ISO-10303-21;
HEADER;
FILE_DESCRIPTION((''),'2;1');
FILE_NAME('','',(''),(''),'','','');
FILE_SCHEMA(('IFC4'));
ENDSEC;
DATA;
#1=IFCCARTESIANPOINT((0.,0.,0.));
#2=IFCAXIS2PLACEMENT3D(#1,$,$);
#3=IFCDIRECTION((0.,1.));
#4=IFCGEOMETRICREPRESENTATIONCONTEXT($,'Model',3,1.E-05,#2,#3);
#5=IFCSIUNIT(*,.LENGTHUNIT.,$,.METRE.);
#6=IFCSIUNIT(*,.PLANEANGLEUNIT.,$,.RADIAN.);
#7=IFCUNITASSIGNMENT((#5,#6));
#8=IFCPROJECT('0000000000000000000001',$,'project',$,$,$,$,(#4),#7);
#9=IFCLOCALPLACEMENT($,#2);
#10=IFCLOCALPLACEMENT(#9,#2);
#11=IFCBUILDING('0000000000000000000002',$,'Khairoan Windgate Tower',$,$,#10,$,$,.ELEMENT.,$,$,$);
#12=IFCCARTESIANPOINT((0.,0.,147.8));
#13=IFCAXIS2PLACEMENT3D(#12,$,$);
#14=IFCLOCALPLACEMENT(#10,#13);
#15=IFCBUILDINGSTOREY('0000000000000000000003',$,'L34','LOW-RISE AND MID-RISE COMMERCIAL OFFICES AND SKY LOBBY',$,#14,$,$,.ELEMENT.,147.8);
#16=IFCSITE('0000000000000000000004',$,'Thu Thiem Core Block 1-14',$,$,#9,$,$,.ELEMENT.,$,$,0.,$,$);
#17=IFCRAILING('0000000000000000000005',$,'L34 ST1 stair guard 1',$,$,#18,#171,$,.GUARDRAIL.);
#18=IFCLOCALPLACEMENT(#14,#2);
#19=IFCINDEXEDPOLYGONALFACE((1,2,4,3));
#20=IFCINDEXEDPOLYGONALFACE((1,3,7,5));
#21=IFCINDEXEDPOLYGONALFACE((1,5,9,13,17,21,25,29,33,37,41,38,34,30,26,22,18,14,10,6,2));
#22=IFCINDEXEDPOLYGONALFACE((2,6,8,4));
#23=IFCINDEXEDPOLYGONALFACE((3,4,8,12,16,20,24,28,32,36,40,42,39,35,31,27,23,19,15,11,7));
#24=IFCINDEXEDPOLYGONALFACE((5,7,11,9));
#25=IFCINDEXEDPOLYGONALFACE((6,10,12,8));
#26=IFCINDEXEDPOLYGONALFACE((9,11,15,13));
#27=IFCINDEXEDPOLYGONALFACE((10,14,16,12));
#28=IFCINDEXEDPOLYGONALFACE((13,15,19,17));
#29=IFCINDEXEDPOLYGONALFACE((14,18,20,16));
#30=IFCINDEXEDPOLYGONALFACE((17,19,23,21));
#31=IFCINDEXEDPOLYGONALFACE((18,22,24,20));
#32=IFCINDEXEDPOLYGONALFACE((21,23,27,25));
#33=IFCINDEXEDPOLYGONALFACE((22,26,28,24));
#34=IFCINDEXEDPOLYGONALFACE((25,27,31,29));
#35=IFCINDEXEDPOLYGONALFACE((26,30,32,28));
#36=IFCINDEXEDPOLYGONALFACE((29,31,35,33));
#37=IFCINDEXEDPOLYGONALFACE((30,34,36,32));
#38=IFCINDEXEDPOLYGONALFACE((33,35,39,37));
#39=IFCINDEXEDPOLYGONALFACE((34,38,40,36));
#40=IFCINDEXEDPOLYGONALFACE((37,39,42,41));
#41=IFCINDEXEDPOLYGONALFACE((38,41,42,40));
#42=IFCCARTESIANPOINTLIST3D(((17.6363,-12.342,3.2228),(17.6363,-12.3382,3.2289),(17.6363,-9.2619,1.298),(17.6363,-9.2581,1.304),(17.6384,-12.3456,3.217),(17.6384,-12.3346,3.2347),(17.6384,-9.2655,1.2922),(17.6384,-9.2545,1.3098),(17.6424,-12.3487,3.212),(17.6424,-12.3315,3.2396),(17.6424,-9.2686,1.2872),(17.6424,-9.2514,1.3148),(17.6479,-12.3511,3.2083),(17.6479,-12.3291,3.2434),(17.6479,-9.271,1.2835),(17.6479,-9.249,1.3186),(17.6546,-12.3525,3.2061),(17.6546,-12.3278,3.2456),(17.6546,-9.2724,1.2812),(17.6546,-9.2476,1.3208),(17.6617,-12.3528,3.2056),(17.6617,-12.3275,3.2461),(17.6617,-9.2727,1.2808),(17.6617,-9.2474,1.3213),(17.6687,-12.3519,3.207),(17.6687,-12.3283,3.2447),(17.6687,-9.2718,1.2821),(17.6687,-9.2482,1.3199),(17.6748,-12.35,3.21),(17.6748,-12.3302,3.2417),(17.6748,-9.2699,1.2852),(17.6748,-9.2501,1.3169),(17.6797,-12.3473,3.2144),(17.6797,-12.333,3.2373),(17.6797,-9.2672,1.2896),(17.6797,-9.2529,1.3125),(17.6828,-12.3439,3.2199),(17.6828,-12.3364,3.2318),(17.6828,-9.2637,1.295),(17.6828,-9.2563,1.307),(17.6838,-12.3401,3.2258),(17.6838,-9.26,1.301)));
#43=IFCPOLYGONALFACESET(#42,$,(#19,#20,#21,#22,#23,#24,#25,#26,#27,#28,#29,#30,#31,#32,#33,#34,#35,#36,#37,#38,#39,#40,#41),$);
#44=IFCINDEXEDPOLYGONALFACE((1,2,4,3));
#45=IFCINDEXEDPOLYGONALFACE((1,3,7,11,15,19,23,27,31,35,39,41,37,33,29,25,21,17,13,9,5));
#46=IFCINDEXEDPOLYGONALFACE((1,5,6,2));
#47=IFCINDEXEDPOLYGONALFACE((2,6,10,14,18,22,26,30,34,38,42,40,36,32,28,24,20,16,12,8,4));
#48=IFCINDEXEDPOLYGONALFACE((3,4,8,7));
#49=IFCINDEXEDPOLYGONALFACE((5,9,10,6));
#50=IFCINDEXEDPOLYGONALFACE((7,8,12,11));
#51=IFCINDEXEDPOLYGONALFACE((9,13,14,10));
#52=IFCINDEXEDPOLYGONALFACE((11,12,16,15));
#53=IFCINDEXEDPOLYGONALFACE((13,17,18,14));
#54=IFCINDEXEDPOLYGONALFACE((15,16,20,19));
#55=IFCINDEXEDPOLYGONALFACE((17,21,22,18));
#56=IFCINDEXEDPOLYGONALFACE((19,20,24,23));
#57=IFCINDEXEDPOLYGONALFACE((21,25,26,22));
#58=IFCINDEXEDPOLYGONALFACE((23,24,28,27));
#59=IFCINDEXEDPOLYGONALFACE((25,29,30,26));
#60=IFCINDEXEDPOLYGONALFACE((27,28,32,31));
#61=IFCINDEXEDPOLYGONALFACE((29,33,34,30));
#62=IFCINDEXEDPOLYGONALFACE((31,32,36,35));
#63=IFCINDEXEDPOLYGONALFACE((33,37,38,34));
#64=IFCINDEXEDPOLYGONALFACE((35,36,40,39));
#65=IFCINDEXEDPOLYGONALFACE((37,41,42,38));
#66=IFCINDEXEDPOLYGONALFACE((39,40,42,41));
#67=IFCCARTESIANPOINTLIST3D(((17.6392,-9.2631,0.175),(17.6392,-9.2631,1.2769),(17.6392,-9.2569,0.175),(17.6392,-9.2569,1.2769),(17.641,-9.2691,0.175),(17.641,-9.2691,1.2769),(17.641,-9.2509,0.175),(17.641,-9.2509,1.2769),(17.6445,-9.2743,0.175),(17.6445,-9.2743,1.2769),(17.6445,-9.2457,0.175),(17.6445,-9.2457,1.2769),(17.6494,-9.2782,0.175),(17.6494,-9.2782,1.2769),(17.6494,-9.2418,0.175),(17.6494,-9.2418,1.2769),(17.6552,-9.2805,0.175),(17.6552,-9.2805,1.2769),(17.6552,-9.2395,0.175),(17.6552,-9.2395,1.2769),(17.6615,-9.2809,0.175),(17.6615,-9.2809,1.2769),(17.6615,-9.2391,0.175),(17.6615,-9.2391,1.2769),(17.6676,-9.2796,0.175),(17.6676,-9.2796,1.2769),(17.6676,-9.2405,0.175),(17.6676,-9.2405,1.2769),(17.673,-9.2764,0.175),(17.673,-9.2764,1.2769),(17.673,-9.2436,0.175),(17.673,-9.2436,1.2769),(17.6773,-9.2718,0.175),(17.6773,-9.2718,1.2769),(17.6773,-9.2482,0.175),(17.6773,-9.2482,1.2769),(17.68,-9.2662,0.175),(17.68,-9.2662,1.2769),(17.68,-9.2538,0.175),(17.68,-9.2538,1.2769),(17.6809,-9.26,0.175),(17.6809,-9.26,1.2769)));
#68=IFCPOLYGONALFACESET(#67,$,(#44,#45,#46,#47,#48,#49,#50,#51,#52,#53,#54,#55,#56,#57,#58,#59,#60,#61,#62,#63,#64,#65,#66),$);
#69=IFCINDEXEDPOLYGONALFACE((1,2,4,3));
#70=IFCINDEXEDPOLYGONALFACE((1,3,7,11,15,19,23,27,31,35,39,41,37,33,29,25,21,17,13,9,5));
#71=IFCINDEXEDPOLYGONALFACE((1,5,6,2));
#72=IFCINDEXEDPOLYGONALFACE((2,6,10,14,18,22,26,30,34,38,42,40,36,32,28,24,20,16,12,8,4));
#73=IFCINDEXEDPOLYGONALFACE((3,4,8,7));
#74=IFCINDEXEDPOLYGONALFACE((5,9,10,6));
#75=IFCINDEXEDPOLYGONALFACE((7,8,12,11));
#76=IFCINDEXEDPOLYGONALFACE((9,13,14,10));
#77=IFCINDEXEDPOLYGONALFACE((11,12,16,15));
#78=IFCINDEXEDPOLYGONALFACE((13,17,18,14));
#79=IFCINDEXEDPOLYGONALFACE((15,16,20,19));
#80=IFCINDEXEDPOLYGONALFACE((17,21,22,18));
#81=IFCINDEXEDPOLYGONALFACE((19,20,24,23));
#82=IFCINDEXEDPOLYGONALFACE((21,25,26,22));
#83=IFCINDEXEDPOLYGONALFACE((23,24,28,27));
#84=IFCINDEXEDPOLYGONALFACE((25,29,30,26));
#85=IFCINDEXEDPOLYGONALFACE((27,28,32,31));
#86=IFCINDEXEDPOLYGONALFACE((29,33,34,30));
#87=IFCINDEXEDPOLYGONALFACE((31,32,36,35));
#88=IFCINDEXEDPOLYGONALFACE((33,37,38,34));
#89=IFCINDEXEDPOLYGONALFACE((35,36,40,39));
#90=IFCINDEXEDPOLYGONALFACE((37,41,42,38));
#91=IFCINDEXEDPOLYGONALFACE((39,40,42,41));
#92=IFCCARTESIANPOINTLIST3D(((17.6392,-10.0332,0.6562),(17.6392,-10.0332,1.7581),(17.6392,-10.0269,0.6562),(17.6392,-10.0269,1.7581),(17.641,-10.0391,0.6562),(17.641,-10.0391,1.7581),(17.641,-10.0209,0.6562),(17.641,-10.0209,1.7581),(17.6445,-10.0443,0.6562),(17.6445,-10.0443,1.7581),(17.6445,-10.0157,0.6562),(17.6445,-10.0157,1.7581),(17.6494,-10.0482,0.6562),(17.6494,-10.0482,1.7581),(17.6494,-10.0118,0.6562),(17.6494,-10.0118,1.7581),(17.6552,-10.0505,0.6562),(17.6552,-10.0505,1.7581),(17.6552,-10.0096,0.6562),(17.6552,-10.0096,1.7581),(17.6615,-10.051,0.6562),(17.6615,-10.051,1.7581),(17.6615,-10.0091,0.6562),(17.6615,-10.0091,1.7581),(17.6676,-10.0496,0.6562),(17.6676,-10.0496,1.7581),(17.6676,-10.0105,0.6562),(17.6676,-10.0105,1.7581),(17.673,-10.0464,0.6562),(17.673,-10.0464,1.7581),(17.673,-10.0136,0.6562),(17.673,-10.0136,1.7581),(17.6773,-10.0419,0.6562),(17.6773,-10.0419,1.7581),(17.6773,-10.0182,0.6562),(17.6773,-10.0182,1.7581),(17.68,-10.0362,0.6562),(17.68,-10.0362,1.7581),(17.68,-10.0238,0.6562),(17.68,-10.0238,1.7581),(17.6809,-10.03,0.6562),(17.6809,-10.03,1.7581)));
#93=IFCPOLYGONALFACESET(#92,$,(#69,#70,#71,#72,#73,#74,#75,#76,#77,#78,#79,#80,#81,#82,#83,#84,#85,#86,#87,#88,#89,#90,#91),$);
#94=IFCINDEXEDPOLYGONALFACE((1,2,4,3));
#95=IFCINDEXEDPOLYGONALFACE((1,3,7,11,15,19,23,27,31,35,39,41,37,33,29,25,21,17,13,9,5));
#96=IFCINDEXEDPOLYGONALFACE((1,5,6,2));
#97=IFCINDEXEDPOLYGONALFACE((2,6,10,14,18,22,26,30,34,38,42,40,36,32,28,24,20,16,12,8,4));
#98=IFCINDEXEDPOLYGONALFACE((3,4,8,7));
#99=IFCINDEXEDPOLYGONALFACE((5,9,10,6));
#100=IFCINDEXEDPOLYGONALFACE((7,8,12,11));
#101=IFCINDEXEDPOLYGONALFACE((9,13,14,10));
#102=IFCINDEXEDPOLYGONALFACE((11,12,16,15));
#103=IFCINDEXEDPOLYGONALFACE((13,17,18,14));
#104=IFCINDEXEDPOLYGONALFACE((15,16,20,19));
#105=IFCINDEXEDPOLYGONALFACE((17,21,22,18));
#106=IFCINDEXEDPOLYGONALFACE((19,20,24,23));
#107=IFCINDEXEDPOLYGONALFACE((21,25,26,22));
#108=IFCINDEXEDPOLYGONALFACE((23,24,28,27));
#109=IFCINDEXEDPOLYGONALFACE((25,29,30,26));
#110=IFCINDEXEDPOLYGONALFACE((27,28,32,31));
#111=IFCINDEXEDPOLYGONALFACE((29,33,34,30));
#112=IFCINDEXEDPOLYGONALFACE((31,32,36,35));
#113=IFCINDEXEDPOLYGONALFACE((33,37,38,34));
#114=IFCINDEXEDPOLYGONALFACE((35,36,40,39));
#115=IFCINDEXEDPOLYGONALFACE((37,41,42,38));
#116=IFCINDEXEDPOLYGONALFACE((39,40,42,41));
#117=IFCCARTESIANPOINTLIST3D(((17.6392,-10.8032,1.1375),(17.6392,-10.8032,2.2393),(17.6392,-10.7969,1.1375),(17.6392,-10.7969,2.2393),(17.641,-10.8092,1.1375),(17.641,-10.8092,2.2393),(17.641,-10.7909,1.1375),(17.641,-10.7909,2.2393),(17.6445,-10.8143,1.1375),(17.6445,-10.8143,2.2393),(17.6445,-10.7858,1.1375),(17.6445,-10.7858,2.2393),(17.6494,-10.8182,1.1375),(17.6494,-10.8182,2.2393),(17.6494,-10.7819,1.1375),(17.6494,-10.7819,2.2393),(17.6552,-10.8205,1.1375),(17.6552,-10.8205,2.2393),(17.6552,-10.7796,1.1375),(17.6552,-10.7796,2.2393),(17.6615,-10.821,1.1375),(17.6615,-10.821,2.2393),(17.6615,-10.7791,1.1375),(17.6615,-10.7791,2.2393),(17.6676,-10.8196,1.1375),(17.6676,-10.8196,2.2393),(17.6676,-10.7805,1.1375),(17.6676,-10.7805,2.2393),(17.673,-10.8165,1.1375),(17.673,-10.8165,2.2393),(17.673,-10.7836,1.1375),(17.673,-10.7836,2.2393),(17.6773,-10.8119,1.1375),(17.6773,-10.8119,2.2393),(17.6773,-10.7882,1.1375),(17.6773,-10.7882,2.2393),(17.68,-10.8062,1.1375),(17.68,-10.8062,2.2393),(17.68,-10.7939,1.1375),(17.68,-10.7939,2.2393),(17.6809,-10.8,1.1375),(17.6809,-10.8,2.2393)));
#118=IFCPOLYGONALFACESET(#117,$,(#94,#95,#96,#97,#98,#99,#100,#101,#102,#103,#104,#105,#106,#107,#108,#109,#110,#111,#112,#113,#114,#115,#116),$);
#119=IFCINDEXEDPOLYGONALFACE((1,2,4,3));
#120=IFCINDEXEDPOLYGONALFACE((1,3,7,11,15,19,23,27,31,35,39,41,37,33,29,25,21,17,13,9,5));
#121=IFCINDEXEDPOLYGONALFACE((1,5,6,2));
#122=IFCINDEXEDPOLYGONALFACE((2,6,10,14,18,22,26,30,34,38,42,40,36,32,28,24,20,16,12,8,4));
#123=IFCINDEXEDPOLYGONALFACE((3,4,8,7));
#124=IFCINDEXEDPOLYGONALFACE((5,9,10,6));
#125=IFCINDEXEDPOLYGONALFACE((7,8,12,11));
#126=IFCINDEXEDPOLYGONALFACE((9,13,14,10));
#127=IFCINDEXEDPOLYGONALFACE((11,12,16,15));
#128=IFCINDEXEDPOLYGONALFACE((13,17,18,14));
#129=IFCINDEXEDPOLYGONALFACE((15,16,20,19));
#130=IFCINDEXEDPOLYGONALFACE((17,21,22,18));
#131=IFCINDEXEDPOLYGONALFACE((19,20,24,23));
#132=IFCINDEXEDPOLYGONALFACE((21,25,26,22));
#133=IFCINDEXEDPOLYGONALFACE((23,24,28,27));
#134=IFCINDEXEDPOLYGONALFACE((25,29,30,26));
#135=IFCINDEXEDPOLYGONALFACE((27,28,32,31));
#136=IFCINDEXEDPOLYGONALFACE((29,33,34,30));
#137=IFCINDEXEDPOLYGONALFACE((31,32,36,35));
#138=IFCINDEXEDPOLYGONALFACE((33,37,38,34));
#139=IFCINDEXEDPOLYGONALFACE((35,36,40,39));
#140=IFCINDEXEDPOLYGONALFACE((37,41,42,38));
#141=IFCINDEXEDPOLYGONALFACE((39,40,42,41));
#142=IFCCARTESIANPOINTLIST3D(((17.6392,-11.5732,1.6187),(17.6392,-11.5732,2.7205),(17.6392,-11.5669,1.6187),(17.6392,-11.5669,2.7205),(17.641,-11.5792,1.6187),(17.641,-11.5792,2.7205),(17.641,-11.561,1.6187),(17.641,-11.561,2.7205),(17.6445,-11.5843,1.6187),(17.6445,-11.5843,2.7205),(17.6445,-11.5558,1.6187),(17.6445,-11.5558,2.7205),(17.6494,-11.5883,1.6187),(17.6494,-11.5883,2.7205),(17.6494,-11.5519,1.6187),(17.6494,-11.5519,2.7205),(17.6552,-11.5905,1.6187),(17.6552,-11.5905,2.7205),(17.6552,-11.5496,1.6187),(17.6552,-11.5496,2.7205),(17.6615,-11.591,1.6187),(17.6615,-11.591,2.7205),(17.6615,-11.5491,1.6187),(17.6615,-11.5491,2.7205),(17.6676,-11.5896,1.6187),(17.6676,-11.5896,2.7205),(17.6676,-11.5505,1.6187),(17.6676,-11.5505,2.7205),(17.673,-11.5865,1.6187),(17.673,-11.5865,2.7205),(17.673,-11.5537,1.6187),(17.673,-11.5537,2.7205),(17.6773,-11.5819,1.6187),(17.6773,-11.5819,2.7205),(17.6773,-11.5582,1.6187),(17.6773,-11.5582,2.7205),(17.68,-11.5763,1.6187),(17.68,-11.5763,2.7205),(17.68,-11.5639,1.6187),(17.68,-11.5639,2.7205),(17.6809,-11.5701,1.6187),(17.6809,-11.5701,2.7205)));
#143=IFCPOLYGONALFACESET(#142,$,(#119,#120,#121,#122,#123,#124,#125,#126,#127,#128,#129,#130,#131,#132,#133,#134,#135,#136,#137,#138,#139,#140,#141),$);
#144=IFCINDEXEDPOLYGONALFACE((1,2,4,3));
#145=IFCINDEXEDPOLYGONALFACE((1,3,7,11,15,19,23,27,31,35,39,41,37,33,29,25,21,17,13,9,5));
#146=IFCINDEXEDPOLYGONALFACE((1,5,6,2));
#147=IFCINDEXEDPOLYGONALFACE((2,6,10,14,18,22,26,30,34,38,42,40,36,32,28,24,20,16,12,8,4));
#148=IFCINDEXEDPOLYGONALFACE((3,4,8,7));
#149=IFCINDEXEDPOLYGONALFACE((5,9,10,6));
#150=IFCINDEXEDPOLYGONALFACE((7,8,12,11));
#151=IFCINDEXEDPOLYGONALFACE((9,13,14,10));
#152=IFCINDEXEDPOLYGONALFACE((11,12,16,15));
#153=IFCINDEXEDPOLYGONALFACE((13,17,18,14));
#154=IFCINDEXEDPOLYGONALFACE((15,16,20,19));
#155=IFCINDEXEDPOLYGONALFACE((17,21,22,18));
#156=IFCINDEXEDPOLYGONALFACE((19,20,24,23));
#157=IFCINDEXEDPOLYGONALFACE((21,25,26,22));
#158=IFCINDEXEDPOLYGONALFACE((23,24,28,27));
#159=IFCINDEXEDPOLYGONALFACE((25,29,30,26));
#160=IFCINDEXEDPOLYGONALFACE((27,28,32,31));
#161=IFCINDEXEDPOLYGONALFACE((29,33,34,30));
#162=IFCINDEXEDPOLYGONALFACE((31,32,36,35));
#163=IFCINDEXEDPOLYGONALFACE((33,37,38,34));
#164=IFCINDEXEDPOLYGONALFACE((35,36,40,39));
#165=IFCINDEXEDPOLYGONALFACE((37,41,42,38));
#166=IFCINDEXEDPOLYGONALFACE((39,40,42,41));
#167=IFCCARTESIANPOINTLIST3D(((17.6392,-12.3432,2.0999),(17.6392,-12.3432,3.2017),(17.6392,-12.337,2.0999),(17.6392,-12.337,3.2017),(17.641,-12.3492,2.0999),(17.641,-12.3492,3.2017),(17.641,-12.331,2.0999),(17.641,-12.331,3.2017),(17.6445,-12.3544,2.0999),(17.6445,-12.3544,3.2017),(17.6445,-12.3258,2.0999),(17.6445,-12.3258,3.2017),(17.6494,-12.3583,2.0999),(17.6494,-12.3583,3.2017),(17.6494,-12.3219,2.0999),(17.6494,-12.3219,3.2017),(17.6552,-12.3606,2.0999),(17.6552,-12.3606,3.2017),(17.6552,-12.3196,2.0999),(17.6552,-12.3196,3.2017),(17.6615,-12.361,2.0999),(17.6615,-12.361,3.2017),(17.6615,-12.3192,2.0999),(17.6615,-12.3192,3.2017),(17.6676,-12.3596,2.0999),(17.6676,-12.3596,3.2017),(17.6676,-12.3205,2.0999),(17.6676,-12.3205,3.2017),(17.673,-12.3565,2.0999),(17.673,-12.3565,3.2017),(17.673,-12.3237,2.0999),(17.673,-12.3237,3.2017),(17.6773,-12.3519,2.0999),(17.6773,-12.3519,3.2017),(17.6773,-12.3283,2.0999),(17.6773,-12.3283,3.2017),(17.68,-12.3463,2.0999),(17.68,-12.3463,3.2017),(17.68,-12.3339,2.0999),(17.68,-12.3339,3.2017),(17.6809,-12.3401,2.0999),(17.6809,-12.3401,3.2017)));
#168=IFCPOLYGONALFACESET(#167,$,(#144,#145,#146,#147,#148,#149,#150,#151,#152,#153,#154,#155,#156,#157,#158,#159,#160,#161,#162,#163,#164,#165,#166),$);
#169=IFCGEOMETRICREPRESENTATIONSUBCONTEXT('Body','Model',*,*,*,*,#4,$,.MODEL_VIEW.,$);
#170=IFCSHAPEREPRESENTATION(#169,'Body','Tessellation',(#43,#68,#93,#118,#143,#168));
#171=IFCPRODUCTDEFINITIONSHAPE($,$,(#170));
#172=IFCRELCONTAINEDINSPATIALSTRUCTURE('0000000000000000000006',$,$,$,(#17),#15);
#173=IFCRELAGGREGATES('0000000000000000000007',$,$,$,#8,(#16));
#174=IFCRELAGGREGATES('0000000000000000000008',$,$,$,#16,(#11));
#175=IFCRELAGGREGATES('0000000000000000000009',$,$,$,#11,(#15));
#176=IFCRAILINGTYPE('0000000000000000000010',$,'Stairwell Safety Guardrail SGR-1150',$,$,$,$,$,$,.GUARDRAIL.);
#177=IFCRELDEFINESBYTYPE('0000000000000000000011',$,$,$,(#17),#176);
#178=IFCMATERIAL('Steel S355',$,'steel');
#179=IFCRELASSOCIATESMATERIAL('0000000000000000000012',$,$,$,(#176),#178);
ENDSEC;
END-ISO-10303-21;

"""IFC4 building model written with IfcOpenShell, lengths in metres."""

from ifc_helpers import new_model, si_unit, direction, frame, origin, origin_2d, place, context, subcontext, project, spatial, circle, extrude, material, type_object, element, save


model = new_model("IFC4")

# Units and contexts
model_context = context("Model", 3, precision=1e-05, world=origin(), true_north=direction((0.0, 1.0)))
body_context = subcontext(model_context, "Body", "Model", "MODEL_VIEW")
ifc_project = project(units=[si_unit("LENGTHUNIT", "METRE"), si_unit("PLANEANGLEUNIT", "RADIAN")], contexts=[model_context])

# Site, building, storey
site_placement = place(None, origin())
site = spatial("IfcSite", under=ifc_project, at=site_placement, Name="Thu Thiem Core Block 1-14", CompositionType="ELEMENT", RefElevation=0.0)
building_placement = place(site_placement, origin())
building = spatial("IfcBuilding", under=site, at=building_placement, Name="Khairoan Windgate Tower", CompositionType="ELEMENT")
storey_placement = place(building_placement, frame((0.0, 0.0, 147.8)))
storey = spatial("IfcBuildingStorey", under=building, at=storey_placement, Name="L34", Description="LOW-RISE AND MID-RISE COMMERCIAL OFFICES AND SKY LOBBY", CompositionType="ELEMENT", Elevation=147.8)

# Railing
ifc_material_1 = material(Name="Steel S355", Category="steel")
railing_type_1 = type_object("IfcRailingType", Name="Stairwell Safety Guardrail SGR-1150", PredefinedType="GUARDRAIL", material=ifc_material_1)
railing_1_placement = place(storey_placement, frame((17.6599, -9.26, 0.175)))
element("IfcRailing", 1, at=railing_1_placement, inside=storey, type_object=railing_type_1, Name="L34 ST1 stair guard 1", PredefinedType="GUARDRAIL", context=body_context, shape_type="SweptSolid", body=[
    extrude(circle(Radius=0.0239, at=origin_2d()), frame((0.0, 0.0, 1.126), z_axis=(0.0, -0.848029, 0.529951), x_axis=(1.0, 0.0, 0.0)), (0.0, 0.0, 1.0), 3.6321),
    extrude(circle(Radius=0.021, at=origin_2d()), origin(), (0.0, 0.0, 1.0), 1.1018),
    extrude(circle(Radius=0.021, at=origin_2d()), frame((0.0, -0.77, 0.4812)), (0.0, 0.0, 1.0), 1.1018),
    extrude(circle(Radius=0.021, at=origin_2d()), frame((0.0, -1.54, 0.9624)), (0.0, 0.0, 1.0), 1.1018),
    extrude(circle(Radius=0.021, at=origin_2d()), frame((0.0, -2.3101, 1.4436)), (0.0, 0.0, 1.0), 1.1018),
    extrude(circle(Radius=0.021, at=origin_2d()), frame((0.0, -3.0801, 1.9248)), (0.0, 0.0, 1.0), 1.1018),
])

save(model, "model.ifc")
